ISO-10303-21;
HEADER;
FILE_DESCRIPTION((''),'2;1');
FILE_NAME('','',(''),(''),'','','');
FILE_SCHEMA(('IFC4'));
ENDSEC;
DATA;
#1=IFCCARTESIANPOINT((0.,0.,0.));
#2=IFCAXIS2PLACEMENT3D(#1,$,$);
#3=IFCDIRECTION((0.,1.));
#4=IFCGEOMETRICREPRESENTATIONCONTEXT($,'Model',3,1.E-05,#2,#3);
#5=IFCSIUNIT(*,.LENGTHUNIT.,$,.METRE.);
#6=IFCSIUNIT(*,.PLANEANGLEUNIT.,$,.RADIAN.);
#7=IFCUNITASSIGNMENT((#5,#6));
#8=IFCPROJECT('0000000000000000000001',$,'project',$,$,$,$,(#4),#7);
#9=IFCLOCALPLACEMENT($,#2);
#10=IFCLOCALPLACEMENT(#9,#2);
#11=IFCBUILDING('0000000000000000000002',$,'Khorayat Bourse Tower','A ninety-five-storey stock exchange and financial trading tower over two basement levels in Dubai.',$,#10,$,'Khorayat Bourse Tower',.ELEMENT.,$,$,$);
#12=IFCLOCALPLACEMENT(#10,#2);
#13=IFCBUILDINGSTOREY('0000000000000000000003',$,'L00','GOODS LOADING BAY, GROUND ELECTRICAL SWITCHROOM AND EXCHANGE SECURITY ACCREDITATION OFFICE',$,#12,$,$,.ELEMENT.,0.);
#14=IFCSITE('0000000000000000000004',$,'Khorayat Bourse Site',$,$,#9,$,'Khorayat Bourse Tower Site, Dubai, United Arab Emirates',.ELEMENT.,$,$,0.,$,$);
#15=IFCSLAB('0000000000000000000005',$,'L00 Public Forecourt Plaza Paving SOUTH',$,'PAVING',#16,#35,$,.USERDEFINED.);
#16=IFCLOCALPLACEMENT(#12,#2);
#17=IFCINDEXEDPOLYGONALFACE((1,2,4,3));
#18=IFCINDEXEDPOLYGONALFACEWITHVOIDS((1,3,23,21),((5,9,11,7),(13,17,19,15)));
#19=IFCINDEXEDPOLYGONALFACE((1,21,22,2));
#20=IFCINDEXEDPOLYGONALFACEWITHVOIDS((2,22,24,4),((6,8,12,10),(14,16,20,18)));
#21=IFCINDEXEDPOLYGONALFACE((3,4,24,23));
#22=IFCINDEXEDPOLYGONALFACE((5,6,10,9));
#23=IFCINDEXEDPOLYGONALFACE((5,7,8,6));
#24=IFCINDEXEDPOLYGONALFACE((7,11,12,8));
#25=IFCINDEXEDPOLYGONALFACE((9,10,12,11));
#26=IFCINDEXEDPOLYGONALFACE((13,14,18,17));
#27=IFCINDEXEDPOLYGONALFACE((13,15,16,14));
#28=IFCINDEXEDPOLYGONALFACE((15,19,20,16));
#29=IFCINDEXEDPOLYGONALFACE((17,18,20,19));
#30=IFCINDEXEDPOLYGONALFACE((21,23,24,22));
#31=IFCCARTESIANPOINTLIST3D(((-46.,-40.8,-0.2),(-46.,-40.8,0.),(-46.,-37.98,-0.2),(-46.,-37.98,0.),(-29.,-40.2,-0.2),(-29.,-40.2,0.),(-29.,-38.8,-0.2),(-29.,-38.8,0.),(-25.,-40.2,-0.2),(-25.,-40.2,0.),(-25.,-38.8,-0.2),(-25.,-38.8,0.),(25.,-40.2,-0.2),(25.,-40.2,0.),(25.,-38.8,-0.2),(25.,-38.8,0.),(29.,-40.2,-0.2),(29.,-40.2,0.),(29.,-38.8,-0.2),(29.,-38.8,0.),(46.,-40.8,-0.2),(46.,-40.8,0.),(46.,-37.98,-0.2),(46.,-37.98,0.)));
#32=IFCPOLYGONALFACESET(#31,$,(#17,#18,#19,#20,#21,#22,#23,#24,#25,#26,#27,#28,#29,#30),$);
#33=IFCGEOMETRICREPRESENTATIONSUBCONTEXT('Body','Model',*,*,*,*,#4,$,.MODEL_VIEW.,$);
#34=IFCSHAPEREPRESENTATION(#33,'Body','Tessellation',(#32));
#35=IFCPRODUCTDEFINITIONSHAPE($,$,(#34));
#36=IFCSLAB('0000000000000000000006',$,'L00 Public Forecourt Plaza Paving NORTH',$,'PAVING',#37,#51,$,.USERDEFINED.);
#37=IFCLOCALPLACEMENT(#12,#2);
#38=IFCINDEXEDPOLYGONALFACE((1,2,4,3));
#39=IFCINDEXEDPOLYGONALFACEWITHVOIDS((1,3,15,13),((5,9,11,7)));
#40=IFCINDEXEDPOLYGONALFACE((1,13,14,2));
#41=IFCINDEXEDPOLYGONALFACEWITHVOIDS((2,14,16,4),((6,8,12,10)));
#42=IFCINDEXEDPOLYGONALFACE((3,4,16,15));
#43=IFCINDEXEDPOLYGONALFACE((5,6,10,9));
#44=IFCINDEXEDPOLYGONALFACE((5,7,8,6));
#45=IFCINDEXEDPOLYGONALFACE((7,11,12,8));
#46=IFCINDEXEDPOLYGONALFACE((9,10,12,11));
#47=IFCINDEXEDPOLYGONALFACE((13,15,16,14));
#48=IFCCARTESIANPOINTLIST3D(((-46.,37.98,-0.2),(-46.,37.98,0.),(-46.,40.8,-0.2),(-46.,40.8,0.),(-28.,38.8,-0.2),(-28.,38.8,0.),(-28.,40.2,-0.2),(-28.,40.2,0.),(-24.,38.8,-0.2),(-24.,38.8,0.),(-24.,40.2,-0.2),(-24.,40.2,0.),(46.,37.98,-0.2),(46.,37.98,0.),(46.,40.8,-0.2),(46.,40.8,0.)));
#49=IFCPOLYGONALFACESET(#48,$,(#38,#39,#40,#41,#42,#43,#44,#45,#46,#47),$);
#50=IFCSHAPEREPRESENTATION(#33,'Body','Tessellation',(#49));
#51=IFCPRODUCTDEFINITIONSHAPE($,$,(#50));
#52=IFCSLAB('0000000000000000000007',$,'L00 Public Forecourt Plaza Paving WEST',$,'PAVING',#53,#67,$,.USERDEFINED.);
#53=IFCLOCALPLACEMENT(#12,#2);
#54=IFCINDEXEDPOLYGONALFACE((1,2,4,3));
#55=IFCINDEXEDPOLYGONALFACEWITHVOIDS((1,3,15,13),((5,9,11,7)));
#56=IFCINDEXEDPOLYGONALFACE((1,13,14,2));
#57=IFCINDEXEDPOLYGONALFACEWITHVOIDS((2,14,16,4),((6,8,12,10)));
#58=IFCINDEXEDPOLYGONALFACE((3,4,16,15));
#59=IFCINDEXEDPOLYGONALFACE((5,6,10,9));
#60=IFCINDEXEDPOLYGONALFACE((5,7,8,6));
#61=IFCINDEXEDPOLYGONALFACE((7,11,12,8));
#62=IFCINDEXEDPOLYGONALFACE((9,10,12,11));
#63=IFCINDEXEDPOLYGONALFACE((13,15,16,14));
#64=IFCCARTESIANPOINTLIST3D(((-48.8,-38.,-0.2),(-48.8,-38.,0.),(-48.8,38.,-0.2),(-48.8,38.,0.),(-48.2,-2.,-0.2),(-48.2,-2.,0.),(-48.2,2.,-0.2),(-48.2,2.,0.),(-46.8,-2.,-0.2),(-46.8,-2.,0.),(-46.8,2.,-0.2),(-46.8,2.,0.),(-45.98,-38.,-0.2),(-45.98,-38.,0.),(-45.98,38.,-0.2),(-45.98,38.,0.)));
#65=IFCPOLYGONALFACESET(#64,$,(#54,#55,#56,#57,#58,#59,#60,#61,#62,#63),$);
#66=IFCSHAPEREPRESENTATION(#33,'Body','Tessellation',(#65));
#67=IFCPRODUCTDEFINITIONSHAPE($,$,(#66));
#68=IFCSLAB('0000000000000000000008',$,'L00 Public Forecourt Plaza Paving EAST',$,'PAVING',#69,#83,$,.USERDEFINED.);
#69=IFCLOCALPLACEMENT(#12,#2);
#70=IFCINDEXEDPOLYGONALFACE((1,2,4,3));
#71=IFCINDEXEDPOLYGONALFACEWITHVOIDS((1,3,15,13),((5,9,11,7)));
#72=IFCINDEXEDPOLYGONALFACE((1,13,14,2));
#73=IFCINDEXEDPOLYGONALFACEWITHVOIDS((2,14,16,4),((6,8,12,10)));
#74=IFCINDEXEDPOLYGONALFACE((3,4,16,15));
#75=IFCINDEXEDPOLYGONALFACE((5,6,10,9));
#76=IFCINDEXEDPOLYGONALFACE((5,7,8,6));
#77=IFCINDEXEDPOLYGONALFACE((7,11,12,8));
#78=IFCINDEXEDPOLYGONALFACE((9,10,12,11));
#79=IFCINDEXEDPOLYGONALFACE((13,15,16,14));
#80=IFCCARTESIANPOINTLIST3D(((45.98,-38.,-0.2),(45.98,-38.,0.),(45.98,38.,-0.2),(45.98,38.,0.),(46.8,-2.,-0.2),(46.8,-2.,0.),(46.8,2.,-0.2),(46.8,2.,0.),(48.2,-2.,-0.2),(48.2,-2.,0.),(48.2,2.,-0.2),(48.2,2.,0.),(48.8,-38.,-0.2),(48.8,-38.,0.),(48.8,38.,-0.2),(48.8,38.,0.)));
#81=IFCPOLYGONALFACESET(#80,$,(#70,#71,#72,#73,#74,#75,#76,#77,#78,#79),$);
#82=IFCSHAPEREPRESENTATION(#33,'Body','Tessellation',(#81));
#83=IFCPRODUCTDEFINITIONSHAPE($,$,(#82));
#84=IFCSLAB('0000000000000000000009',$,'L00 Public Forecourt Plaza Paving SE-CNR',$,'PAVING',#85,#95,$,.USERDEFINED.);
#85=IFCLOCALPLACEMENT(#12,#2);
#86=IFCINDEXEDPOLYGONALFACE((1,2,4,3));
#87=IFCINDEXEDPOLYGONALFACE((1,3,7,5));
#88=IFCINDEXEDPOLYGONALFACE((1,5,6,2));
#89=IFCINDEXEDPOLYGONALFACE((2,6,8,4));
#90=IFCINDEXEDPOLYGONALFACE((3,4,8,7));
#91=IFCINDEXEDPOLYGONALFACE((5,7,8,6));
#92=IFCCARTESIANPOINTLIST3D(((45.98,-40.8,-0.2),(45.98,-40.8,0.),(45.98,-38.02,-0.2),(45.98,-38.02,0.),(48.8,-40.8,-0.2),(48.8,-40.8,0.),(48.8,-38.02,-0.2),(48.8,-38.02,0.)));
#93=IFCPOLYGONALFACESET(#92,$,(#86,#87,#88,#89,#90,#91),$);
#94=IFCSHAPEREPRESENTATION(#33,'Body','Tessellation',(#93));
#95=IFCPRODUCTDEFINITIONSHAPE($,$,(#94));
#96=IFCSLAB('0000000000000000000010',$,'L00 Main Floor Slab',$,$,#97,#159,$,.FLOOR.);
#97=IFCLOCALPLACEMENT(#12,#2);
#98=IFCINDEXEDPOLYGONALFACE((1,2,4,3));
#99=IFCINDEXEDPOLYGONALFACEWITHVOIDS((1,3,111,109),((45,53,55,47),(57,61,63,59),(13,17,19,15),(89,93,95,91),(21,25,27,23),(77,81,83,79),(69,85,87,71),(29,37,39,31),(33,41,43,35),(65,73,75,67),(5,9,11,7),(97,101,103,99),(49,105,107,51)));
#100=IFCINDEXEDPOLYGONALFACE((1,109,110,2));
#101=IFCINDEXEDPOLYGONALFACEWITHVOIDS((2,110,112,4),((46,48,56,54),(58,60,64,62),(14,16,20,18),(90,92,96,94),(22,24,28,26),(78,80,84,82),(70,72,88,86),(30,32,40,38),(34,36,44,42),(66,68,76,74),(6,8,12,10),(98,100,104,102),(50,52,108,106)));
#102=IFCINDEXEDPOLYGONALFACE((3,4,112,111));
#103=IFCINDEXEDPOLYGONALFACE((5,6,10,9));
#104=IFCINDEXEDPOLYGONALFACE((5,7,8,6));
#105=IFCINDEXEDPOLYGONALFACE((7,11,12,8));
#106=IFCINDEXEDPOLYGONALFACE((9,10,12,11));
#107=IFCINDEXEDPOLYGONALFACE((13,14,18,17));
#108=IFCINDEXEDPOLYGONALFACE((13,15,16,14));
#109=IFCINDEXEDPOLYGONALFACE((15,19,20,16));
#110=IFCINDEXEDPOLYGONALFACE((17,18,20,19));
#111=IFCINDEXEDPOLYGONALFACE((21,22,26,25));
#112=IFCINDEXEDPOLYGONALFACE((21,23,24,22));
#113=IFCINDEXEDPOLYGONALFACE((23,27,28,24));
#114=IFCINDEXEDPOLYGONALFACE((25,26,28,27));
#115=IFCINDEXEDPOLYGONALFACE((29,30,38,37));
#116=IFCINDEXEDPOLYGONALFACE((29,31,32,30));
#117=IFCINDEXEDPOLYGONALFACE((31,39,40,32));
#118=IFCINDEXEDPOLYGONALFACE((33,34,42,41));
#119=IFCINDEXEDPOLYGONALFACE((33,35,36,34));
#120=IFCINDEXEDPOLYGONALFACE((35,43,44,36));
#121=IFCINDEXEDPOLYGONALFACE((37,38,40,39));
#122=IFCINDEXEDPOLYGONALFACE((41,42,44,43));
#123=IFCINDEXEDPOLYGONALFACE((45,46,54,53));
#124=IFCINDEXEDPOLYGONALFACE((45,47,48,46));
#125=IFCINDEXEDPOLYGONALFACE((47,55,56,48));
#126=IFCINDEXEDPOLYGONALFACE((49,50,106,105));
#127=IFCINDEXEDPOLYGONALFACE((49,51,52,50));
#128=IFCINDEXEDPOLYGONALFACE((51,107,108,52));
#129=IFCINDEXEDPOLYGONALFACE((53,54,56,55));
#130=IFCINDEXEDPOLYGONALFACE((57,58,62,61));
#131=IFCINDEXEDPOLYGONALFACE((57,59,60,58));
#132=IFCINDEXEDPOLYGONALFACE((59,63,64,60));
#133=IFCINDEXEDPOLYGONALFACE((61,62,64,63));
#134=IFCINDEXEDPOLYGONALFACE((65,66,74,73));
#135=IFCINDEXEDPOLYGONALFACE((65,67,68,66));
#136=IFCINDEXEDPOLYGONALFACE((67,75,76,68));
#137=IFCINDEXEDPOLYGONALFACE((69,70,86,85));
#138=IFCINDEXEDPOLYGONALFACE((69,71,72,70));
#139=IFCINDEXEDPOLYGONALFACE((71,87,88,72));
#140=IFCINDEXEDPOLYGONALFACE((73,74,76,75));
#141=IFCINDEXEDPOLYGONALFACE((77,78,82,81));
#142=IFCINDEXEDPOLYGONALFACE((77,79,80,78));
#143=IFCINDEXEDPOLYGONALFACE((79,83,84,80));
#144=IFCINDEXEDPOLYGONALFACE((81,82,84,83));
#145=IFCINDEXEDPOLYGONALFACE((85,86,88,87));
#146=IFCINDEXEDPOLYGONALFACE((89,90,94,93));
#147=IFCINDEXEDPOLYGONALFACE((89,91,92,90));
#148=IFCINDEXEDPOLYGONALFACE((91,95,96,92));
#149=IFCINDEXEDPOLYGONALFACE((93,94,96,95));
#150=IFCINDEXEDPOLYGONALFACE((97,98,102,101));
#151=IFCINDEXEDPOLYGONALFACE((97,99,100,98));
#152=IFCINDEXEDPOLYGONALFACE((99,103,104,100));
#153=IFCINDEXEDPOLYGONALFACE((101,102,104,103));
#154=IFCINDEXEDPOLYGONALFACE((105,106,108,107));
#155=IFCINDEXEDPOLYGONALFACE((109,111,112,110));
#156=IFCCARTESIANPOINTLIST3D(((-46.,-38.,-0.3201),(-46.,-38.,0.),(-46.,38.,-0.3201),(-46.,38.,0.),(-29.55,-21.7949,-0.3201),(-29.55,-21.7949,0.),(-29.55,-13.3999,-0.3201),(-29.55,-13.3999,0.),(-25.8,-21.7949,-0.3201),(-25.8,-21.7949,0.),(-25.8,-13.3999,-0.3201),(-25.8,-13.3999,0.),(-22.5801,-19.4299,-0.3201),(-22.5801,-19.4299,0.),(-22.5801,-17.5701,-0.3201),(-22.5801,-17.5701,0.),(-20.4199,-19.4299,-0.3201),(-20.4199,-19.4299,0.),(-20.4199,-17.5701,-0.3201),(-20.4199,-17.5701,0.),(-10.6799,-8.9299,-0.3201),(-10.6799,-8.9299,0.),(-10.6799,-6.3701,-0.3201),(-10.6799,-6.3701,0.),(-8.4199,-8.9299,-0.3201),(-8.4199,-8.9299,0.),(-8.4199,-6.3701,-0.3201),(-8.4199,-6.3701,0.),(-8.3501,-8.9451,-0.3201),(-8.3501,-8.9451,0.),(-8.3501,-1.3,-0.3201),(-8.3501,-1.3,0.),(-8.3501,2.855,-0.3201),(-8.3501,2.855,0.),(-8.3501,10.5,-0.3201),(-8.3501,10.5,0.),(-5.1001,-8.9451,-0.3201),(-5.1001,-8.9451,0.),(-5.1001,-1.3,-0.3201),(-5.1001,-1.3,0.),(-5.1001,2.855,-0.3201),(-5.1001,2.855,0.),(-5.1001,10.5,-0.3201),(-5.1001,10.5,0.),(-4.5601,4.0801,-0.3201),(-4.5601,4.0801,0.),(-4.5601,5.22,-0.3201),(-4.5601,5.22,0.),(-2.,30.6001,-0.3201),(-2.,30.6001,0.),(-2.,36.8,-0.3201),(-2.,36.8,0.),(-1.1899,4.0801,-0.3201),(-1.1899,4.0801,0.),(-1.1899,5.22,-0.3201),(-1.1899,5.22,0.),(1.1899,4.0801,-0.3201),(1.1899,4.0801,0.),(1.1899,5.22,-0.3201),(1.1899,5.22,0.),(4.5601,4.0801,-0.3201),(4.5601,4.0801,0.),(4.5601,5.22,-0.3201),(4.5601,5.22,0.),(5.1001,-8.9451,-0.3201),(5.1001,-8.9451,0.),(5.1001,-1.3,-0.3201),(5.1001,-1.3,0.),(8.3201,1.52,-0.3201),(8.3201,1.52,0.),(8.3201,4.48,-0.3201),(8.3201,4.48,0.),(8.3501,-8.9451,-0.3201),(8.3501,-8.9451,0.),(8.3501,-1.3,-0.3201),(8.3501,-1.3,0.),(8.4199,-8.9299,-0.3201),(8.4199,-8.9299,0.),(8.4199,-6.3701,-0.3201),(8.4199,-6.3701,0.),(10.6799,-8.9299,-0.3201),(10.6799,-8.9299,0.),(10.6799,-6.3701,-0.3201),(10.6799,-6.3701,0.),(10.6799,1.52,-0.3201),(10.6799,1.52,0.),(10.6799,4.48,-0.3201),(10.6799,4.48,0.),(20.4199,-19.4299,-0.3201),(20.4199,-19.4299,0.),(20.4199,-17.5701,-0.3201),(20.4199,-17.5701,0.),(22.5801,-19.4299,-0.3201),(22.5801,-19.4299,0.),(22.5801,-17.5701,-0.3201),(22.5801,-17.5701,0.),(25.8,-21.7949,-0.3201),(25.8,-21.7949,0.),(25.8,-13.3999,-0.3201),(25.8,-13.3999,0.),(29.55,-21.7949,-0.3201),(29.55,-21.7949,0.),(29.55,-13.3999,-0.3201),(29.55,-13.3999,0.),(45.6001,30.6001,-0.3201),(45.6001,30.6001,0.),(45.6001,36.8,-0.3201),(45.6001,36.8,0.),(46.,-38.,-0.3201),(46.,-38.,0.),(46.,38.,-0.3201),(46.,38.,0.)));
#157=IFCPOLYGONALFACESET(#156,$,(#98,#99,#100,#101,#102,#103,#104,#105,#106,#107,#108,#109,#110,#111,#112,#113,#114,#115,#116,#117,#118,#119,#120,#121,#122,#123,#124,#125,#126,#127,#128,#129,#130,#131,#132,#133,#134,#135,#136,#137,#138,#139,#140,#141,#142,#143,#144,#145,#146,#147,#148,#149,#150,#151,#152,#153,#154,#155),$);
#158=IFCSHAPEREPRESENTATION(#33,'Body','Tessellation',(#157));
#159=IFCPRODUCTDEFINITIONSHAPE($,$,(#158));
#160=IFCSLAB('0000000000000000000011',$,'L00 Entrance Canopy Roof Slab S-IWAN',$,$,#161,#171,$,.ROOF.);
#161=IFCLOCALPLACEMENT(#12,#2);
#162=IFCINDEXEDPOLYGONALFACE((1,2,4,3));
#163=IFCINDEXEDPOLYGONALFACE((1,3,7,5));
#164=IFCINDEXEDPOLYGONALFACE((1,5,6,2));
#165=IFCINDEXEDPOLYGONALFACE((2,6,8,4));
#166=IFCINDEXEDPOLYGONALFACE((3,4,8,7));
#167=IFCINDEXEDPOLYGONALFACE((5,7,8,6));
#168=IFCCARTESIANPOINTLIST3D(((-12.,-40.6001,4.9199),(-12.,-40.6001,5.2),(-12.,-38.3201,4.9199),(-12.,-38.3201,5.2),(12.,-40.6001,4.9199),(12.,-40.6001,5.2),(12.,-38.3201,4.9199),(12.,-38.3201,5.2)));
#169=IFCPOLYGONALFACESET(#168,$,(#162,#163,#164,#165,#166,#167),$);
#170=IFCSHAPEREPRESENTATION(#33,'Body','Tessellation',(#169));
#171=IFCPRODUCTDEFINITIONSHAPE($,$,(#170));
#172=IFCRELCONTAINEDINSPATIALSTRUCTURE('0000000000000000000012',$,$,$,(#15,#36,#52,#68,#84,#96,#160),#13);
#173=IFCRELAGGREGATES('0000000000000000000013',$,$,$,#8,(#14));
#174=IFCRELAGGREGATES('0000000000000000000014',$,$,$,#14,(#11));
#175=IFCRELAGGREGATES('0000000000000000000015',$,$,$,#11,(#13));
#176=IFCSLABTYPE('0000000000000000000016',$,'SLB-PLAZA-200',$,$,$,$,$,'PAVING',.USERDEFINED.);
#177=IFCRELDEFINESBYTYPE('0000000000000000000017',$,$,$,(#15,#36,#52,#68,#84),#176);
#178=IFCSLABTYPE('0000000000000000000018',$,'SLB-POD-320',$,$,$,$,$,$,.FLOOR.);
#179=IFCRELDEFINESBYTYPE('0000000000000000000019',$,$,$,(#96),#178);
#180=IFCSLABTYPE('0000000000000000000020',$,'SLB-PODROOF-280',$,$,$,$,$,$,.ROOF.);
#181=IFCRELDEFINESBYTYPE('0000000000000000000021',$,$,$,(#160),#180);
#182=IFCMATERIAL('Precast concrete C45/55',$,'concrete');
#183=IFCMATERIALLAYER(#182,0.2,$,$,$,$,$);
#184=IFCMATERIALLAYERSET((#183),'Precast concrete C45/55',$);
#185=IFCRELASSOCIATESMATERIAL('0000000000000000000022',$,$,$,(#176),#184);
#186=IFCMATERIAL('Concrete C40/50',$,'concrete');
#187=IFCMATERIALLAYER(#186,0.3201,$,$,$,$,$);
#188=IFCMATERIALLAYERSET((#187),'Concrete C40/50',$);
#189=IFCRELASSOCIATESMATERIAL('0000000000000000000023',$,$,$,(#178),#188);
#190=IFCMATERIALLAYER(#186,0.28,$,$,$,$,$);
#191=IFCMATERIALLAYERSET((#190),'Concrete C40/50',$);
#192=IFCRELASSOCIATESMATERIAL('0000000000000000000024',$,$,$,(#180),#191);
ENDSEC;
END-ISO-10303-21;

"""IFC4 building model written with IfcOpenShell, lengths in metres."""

from ifc_helpers import new_model, si_unit, direction, frame, origin, place, context, subcontext, project, spatial, polyline, outline, extrude, material, layer, layer_set, type_object, element, save


model = new_model("IFC4")

# Units and contexts
model_context = context("Model", 3, precision=1e-05, world=origin(), true_north=direction((0.0, 1.0)))
body_context = subcontext(model_context, "Body", "Model", "MODEL_VIEW")
ifc_project = project(units=[si_unit("LENGTHUNIT", "METRE"), si_unit("PLANEANGLEUNIT", "RADIAN")], contexts=[model_context])

# Site, building, storey
site_placement = place(None, origin())
site = spatial("IfcSite", under=ifc_project, at=site_placement, Name="Khorayat Bourse Site", LongName="Khorayat Bourse Tower Site, Dubai, United Arab Emirates", CompositionType="ELEMENT", RefElevation=0.0)
building_placement = place(site_placement, origin())
building = spatial("IfcBuilding", under=site, at=building_placement, Name="Khorayat Bourse Tower", Description="A ninety-five-storey stock exchange and financial trading tower over two basement levels in Dubai.", LongName="Khorayat Bourse Tower", CompositionType="ELEMENT")
storey_placement = place(building_placement, origin())
storey = spatial("IfcBuildingStorey", under=building, at=storey_placement, Name="L00", Description="GOODS LOADING BAY, GROUND ELECTRICAL SWITCHROOM AND EXCHANGE SECURITY ACCREDITATION OFFICE", CompositionType="ELEMENT", Elevation=0.0)

# Shared definitions
ifc_material_1 = material(Name="Concrete C40/50", Category="concrete")

# Slabs
ifc_material_2 = material(Name="Precast concrete C45/55", Category="concrete")
ifc_layer_1 = layer(ifc_material_2, 0.2)
ifc_layer_set_1 = layer_set([ifc_layer_1], Name="Precast concrete C45/55")
slab_type_1 = type_object("IfcSlabType", Name="SLB-PLAZA-200", ElementType="PAVING", PredefinedType="USERDEFINED", material=ifc_layer_set_1)
slab_1_placement = place(storey_placement, frame((0.0, 0.0, -0.2)))
element("IfcSlab", 1, at=slab_1_placement, inside=storey, type_object=slab_type_1, Name="L00 Public Forecourt Plaza Paving SOUTH", ObjectType="PAVING", PredefinedType="USERDEFINED", context=body_context, shape_type="SweptSolid", body=[
    extrude(outline(polyline([(-46.0, -40.8), (46.0, -40.8), (46.0, -37.98), (-46.0, -37.98), (-46.0, -40.8)]), holes=[polyline([(-29.0, -40.2), (-25.0, -40.2), (-25.0, -38.8), (-29.0, -38.8), (-29.0, -40.2)]), polyline([(25.0, -40.2), (29.0, -40.2), (29.0, -38.8), (25.0, -38.8), (25.0, -40.2)])]), origin(), (0.0, 0.0, 1.0), 0.2),
])
slab_2_placement = place(storey_placement, frame((0.0, 0.0, -0.2)))
element("IfcSlab", 2, at=slab_2_placement, inside=storey, type_object=slab_type_1, Name="L00 Public Forecourt Plaza Paving NORTH", ObjectType="PAVING", PredefinedType="USERDEFINED", context=body_context, shape_type="SweptSolid", body=[
    extrude(outline(polyline([(-46.0, 37.98), (46.0, 37.98), (46.0, 40.8), (-46.0, 40.8), (-46.0, 37.98)]), holes=[polyline([(-28.0, 38.8), (-24.0, 38.8), (-24.0, 40.2), (-28.0, 40.2), (-28.0, 38.8)])]), origin(), (0.0, 0.0, 1.0), 0.2),
])
slab_3_placement = place(storey_placement, frame((0.0, 0.0, -0.2)))
element("IfcSlab", 3, at=slab_3_placement, inside=storey, type_object=slab_type_1, Name="L00 Public Forecourt Plaza Paving WEST", ObjectType="PAVING", PredefinedType="USERDEFINED", context=body_context, shape_type="SweptSolid", body=[
    extrude(outline(polyline([(-48.8, -38.0), (-45.98, -38.0), (-45.98, 38.0), (-48.8, 38.0), (-48.8, -38.0)]), holes=[polyline([(-48.2, -2.0), (-46.8, -2.0), (-46.8, 2.0), (-48.2, 2.0), (-48.2, -2.0)])]), origin(), (0.0, 0.0, 1.0), 0.2),
])
slab_4_placement = place(storey_placement, frame((0.0, 0.0, -0.2)))
element("IfcSlab", 4, at=slab_4_placement, inside=storey, type_object=slab_type_1, Name="L00 Public Forecourt Plaza Paving EAST", ObjectType="PAVING", PredefinedType="USERDEFINED", context=body_context, shape_type="SweptSolid", body=[
    extrude(outline(polyline([(45.98, -38.0), (48.8, -38.0), (48.8, 38.0), (45.98, 38.0), (45.98, -38.0)]), holes=[polyline([(46.8, -2.0), (48.2, -2.0), (48.2, 2.0), (46.8, 2.0), (46.8, -2.0)])]), origin(), (0.0, 0.0, 1.0), 0.2),
])
slab_5_placement = place(storey_placement, frame((0.0, 0.0, -0.2)))
element("IfcSlab", 5, at=slab_5_placement, inside=storey, type_object=slab_type_1, Name="L00 Public Forecourt Plaza Paving SE-CNR", ObjectType="PAVING", PredefinedType="USERDEFINED", context=body_context, shape_type="SweptSolid", body=[
    extrude(outline(polyline([(45.98, -40.8), (48.8, -40.8), (48.8, -38.02), (45.98, -38.02), (45.98, -40.8)])), origin(), (0.0, 0.0, 1.0), 0.2),
])
ifc_layer_2 = layer(ifc_material_1, 0.3201)
ifc_layer_set_2 = layer_set([ifc_layer_2], Name="Concrete C40/50")
slab_type_2 = type_object("IfcSlabType", Name="SLB-POD-320", PredefinedType="FLOOR", material=ifc_layer_set_2)
slab_6_placement = place(storey_placement, frame((0.0, 0.0, -0.3201)))
element("IfcSlab", 6, at=slab_6_placement, inside=storey, type_object=slab_type_2, Name="L00 Main Floor Slab", PredefinedType="FLOOR", context=body_context, shape_type="SweptSolid", body=[
    extrude(outline(polyline([(-46.0, -38.0), (46.0, -38.0), (46.0, 38.0), (-46.0, 38.0), (-46.0, -38.0)]), holes=[polyline([(-8.3501, -8.9451), (-5.1001, -8.9451), (-5.1001, -1.3), (-8.3501, -1.3), (-8.3501, -8.9451)]), polyline([(-8.3501, 2.855), (-5.1001, 2.855), (-5.1001, 10.5), (-8.3501, 10.5), (-8.3501, 2.855)]), polyline([(5.1001, -8.9451), (8.3501, -8.9451), (8.3501, -1.3), (5.1001, -1.3), (5.1001, -8.9451)]), polyline([(-29.55, -21.7949), (-25.8, -21.7949), (-25.8, -13.3999), (-29.55, -13.3999), (-29.55, -21.7949)]), polyline([(25.8, -21.7949), (29.55, -21.7949), (29.55, -13.3999), (25.8, -13.3999), (25.8, -21.7949)]), polyline([(-22.5801, -19.4299), (-20.4199, -19.4299), (-20.4199, -17.5701), (-22.5801, -17.5701), (-22.5801, -19.4299)]), polyline([(20.4199, -19.4299), (22.5801, -19.4299), (22.5801, -17.5701), (20.4199, -17.5701), (20.4199, -19.4299)]), polyline([(-10.6799, -8.9299), (-8.4199, -8.9299), (-8.4199, -6.3701), (-10.6799, -6.3701), (-10.6799, -8.9299)]), polyline([(8.4199, -8.9299), (10.6799, -8.9299), (10.6799, -6.3701), (8.4199, -6.3701), (8.4199, -8.9299)]), polyline([(8.3201, 1.52), (10.6799, 1.52), (10.6799, 4.48), (8.3201, 4.48), (8.3201, 1.52)]), polyline([(-4.5601, 4.0801), (-1.1899, 4.0801), (-1.1899, 5.22), (-4.5601, 5.22), (-4.5601, 4.0801)]), polyline([(1.1899, 4.0801), (4.5601, 4.0801), (4.5601, 5.22), (1.1899, 5.22), (1.1899, 4.0801)]), polyline([(-2.0, 30.6001), (45.6001, 30.6001), (45.6001, 36.8), (-2.0, 36.8), (-2.0, 30.6001)])]), origin(), (0.0, 0.0, 1.0), 0.3201),
])
ifc_layer_3 = layer(ifc_material_1, 0.28)
ifc_layer_set_3 = layer_set([ifc_layer_3], Name="Concrete C40/50")
slab_type_3 = type_object("IfcSlabType", Name="SLB-PODROOF-280", PredefinedType="ROOF", material=ifc_layer_set_3)
slab_7_placement = place(storey_placement, frame((0.0, 0.0, 4.9199)))
element("IfcSlab", 7, at=slab_7_placement, inside=storey, type_object=slab_type_3, Name="L00 Entrance Canopy Roof Slab S-IWAN", PredefinedType="ROOF", context=body_context, shape_type="SweptSolid", body=[
    extrude(outline(polyline([(-12.0, -40.6001), (12.0, -40.6001), (12.0, -38.3201), (-12.0, -38.3201), (-12.0, -40.6001)])), origin(), (0.0, 0.0, 1.0), 0.28),
])

save(model, "model.ifc")
